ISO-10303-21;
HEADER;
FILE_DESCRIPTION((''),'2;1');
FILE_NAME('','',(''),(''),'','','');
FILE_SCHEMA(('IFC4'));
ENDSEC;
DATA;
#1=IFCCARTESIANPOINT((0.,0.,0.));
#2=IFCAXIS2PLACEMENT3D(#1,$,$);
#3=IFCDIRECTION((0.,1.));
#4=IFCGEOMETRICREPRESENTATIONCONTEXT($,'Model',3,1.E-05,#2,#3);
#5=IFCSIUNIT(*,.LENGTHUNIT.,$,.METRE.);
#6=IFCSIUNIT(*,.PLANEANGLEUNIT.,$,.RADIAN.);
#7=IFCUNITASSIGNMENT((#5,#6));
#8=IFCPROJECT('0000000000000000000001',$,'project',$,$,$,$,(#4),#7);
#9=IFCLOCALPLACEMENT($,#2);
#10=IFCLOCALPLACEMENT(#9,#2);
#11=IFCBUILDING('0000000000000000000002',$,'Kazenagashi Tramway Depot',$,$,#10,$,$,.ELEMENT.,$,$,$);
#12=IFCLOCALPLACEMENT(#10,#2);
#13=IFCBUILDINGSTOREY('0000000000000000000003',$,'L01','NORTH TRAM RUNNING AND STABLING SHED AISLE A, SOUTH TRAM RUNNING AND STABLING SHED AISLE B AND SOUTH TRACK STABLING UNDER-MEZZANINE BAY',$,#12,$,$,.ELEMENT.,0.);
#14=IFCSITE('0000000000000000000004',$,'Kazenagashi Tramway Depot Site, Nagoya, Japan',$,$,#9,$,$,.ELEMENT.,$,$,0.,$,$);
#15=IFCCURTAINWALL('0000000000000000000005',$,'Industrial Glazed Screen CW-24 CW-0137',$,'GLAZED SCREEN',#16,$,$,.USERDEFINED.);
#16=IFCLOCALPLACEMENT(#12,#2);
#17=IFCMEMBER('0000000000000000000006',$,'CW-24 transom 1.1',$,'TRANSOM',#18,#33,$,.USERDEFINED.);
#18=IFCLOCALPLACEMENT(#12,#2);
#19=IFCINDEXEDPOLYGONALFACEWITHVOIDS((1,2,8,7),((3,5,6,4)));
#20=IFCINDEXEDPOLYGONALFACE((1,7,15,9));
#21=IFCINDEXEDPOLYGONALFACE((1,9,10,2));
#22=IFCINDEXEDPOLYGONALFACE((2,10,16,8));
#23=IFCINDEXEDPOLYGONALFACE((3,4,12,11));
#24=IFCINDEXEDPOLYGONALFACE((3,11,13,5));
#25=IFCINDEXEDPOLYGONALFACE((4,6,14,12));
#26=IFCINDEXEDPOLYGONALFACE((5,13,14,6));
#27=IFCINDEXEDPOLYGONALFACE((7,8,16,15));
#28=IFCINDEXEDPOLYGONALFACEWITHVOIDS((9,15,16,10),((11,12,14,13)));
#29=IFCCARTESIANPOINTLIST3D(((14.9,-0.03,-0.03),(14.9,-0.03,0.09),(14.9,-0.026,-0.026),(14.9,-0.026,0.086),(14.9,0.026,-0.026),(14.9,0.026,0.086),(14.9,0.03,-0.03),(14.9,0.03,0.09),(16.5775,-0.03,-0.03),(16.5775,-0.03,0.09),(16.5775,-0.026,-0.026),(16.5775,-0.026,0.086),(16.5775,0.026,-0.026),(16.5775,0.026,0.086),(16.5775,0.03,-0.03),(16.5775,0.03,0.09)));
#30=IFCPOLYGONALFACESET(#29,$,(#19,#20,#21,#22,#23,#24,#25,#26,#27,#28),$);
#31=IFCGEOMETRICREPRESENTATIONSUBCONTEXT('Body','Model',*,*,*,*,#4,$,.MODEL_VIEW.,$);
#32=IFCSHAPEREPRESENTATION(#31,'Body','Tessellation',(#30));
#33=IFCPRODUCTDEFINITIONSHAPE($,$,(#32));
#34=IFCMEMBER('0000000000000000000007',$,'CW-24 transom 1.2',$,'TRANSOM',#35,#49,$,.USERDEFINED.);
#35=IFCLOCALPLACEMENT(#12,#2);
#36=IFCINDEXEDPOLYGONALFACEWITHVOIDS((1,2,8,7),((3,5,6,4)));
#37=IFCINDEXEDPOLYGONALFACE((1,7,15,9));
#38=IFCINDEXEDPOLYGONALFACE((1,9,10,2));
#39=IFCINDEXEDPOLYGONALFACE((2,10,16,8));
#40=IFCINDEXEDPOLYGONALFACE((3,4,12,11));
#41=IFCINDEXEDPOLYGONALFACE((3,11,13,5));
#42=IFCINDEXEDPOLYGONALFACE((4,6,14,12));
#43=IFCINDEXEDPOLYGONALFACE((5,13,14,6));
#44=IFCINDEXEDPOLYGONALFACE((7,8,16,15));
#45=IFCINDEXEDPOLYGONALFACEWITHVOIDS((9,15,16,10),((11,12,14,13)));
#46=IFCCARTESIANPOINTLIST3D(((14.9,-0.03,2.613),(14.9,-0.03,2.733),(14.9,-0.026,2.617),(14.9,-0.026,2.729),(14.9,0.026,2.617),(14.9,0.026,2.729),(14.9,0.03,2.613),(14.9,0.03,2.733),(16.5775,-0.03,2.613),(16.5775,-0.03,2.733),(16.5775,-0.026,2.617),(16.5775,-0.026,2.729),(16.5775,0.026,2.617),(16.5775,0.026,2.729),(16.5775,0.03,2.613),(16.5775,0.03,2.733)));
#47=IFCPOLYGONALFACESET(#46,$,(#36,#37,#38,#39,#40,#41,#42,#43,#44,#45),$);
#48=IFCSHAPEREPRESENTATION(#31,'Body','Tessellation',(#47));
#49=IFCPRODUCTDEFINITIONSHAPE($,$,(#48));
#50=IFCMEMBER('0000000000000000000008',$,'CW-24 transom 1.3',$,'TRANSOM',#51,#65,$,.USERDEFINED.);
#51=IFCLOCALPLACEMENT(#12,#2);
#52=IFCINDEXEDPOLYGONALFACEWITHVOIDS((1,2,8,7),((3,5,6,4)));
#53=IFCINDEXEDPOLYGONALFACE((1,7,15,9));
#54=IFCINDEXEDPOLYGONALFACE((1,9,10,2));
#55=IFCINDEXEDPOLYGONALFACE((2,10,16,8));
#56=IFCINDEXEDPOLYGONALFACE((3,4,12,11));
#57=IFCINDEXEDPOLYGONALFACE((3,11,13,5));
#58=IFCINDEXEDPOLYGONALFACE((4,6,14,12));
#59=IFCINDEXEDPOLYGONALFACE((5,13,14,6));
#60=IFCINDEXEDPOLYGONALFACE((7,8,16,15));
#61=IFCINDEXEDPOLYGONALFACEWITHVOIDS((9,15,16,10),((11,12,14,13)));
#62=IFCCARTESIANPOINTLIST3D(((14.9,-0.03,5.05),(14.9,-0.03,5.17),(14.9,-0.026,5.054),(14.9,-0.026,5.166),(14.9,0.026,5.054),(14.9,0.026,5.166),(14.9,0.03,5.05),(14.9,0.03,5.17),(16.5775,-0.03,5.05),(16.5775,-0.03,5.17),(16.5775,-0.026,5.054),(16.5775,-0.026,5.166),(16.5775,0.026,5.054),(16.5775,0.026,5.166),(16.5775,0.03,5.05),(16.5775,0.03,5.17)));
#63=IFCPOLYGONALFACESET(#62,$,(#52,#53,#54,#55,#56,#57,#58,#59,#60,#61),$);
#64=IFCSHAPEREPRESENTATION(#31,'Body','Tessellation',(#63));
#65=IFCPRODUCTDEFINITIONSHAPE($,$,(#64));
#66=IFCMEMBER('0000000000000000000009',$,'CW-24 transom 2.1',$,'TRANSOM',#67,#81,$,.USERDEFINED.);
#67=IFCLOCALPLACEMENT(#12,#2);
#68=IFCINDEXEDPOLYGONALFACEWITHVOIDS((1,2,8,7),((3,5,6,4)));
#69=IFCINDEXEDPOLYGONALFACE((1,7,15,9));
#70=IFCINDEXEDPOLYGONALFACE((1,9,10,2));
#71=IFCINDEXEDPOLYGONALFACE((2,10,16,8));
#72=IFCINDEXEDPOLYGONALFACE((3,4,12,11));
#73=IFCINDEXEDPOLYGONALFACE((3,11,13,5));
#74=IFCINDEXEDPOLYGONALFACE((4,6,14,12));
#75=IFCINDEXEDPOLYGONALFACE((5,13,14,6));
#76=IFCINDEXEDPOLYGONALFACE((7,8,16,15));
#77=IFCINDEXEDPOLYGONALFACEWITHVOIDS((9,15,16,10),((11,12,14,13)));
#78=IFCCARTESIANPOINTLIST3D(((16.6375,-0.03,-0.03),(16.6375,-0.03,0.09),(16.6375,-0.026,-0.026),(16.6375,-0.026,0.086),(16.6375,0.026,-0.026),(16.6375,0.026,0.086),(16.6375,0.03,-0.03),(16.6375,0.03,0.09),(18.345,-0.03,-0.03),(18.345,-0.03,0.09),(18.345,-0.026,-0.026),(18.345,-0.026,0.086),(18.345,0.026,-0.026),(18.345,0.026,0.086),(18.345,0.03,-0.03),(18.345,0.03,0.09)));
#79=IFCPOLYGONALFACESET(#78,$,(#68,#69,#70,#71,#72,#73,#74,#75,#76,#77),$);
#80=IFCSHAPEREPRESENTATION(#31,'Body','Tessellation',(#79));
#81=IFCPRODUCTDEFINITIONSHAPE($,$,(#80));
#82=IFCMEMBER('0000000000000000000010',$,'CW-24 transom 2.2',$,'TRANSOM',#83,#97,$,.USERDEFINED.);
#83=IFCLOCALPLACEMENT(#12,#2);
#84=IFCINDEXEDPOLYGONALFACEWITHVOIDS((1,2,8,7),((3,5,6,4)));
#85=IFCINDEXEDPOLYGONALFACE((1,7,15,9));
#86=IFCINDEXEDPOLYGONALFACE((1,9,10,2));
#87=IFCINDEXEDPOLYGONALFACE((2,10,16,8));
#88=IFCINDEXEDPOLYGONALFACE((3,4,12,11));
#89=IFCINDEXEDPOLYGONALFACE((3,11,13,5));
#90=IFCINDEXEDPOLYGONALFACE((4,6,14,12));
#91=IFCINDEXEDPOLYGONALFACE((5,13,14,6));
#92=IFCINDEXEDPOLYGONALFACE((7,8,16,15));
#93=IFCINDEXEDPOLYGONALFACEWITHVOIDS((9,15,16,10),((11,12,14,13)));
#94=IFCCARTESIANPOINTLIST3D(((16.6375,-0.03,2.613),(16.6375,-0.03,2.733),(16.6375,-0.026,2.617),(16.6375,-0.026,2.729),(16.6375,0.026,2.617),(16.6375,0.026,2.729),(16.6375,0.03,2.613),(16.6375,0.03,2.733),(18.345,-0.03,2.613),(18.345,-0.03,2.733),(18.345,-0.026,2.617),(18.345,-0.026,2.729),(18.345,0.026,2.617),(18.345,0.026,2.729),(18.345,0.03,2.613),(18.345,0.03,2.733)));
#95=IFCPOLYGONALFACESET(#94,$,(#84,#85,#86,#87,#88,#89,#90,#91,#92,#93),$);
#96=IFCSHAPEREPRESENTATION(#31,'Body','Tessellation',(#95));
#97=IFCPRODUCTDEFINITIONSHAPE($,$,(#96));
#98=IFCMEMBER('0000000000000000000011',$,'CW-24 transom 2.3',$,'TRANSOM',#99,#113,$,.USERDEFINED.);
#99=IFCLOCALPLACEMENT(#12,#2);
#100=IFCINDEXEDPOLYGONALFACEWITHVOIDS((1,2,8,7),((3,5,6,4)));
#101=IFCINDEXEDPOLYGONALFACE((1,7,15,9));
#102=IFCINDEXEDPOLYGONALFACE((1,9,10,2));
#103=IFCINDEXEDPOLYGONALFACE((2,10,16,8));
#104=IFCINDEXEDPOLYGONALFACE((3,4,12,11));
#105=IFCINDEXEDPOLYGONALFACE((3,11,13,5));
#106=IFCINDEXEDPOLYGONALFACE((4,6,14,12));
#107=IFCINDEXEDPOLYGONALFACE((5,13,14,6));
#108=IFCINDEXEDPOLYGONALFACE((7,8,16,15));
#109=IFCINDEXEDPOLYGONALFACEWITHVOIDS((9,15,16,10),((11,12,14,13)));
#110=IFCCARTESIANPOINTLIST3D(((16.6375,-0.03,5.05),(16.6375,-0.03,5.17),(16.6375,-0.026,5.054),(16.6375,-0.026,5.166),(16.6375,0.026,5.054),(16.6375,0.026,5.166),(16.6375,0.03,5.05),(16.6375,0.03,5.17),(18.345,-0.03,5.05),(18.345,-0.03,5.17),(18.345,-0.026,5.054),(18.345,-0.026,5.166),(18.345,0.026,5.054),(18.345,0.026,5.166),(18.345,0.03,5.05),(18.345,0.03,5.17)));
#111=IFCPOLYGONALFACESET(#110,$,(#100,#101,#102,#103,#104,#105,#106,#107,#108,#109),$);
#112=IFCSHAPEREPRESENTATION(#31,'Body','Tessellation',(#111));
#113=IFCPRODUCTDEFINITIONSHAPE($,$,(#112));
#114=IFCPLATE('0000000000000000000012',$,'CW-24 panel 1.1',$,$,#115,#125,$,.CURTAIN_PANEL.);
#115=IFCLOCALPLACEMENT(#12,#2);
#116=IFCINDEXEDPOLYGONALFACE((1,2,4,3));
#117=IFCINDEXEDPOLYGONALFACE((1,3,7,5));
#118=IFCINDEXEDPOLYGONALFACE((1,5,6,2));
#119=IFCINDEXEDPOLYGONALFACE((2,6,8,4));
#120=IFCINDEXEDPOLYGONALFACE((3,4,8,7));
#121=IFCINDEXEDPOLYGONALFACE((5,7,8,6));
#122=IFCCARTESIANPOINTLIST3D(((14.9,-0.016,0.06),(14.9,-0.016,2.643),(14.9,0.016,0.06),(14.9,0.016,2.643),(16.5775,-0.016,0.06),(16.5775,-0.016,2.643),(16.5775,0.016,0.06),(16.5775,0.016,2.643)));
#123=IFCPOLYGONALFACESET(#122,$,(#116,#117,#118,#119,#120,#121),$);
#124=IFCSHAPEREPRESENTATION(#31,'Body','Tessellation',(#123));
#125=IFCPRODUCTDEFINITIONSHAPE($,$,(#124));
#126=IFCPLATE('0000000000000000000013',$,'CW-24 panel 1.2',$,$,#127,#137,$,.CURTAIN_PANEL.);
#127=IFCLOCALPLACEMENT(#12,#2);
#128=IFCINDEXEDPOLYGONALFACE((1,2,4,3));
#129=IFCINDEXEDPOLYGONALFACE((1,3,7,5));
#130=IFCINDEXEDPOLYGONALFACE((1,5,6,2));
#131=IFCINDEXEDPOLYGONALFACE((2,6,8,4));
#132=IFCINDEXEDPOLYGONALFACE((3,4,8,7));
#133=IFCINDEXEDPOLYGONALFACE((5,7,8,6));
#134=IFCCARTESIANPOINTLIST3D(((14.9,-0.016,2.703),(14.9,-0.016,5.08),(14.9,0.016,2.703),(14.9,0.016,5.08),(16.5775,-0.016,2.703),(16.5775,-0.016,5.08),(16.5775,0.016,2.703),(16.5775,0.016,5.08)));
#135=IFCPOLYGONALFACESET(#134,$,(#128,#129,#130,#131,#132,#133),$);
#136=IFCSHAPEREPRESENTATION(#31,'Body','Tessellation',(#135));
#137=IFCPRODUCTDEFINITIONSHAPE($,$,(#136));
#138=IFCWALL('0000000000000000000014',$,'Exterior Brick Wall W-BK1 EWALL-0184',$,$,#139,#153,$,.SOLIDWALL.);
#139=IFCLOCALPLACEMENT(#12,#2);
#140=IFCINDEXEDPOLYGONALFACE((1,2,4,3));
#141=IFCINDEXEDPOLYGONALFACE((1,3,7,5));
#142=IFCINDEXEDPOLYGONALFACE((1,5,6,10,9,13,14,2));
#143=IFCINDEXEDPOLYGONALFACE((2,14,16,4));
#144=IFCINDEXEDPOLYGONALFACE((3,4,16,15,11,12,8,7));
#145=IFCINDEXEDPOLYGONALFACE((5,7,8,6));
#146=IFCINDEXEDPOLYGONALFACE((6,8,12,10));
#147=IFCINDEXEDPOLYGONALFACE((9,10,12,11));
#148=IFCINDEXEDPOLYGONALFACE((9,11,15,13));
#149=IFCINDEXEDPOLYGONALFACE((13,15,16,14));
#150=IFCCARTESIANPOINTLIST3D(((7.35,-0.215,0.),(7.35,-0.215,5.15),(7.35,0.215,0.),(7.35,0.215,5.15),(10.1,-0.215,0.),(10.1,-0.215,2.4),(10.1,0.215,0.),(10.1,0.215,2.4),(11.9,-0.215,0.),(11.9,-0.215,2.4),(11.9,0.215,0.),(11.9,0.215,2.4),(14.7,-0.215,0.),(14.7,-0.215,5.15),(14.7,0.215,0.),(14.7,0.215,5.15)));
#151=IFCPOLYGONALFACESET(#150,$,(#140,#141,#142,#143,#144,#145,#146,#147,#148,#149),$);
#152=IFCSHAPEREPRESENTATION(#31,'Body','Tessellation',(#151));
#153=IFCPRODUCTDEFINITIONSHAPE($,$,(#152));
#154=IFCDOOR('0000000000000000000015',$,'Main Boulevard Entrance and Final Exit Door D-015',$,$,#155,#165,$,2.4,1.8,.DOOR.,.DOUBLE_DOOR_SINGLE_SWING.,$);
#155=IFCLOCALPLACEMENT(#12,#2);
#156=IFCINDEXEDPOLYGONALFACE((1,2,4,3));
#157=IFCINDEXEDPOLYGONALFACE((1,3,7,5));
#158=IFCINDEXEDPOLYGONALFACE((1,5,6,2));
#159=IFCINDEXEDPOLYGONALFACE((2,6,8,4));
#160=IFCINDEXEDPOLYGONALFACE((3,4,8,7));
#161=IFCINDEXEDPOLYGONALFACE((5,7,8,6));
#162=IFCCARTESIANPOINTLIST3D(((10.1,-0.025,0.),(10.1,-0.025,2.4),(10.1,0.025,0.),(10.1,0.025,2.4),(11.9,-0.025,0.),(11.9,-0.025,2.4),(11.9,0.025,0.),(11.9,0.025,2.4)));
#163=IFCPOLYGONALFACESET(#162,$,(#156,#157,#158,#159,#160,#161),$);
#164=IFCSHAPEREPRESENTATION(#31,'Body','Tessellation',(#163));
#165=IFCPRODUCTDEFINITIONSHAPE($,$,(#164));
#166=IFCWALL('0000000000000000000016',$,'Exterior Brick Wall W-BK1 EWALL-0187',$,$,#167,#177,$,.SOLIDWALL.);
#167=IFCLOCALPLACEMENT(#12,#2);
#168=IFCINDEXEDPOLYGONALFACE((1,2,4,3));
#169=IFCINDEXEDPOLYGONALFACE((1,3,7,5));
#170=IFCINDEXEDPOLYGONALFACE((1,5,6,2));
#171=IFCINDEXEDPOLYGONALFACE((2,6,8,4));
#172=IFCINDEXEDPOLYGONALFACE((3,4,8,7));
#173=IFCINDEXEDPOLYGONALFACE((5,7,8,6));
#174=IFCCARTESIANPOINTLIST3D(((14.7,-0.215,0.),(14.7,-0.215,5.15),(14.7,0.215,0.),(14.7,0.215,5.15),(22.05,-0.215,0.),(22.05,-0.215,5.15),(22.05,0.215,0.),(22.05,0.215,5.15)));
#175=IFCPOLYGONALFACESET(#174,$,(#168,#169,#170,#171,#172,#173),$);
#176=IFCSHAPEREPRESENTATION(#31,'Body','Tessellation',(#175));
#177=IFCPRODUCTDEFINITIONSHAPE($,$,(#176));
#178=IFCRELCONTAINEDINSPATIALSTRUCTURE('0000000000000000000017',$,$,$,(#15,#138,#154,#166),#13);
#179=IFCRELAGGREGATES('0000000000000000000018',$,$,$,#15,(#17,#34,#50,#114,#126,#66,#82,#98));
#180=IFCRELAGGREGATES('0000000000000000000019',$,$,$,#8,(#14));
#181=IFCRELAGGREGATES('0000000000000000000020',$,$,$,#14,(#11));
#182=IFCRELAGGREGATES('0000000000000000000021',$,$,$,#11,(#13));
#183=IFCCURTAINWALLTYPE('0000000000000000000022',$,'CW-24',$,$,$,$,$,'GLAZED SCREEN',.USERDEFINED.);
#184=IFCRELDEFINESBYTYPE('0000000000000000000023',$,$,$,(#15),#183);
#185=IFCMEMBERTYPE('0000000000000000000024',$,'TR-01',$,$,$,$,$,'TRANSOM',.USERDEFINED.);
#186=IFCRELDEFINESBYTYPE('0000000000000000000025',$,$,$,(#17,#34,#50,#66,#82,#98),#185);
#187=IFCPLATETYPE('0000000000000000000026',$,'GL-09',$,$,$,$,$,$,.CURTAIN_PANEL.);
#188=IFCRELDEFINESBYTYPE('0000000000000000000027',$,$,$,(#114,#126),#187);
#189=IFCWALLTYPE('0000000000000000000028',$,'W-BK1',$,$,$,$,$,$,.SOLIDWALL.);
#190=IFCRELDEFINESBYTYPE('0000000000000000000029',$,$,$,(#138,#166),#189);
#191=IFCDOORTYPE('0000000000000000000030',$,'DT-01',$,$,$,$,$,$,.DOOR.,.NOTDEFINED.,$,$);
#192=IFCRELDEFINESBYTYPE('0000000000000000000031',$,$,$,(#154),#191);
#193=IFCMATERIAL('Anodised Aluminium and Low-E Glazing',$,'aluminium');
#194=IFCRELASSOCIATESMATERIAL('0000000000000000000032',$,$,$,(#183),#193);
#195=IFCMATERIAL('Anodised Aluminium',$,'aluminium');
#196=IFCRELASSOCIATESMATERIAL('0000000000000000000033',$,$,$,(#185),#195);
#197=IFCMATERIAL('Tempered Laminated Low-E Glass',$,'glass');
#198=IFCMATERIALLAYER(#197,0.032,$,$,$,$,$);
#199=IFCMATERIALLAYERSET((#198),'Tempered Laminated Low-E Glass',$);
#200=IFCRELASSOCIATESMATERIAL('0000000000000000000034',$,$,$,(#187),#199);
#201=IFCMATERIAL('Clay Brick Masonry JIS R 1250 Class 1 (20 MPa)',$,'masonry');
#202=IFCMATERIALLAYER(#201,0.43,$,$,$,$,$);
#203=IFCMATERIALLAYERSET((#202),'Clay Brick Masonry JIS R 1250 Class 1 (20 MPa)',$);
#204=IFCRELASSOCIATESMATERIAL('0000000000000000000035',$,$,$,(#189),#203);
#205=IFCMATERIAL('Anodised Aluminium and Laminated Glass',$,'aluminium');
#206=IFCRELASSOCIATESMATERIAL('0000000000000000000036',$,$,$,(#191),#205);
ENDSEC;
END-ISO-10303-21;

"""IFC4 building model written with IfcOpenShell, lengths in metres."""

from ifc_helpers import new_model, si_unit, direction, frame, frame_2d, origin, origin_2d, place, context, subcontext, project, spatial, rectangle, hollow_rectangle, extrude, material, layer, layer_set, material_profile, profile_set, type_object, element, fill, aggregate, save


model = new_model("IFC4")

# Units and contexts
model_context = context("Model", 3, precision=1e-05, world=origin(), true_north=direction((0.0, 1.0)))
body_context = subcontext(model_context, "Body", "Model", "MODEL_VIEW")
ifc_project = project(units=[si_unit("LENGTHUNIT", "METRE"), si_unit("PLANEANGLEUNIT", "RADIAN")], contexts=[model_context])

# Site, building, storey
site_placement = place(None, origin())
site = spatial("IfcSite", under=ifc_project, at=site_placement, Name="Kazenagashi Tramway Depot Site, Nagoya, Japan", CompositionType="ELEMENT", RefElevation=0.0)
building_placement = place(site_placement, origin())
building = spatial("IfcBuilding", under=site, at=building_placement, Name="Kazenagashi Tramway Depot", CompositionType="ELEMENT")
storey_placement = place(building_placement, origin())
storey = spatial("IfcBuildingStorey", under=building, at=storey_placement, Name="L01", Description="NORTH TRAM RUNNING AND STABLING SHED AISLE A, SOUTH TRAM RUNNING AND STABLING SHED AISLE B AND SOUTH TRACK STABLING UNDER-MEZZANINE BAY", CompositionType="ELEMENT", Elevation=0.0)

# Curtain wall, members, plates
ifc_material_1 = material(Name="Anodised Aluminium and Low-E Glazing", Category="aluminium")
curtain_wall_type = type_object("IfcCurtainWallType", Name="CW-24", ElementType="GLAZED SCREEN", PredefinedType="USERDEFINED", material=ifc_material_1)
curtain_wall_placement = place(storey_placement, origin())
curtain_wall = element("IfcCurtainWall", 1, at=curtain_wall_placement, inside=storey, type_object=curtain_wall_type, Name="Industrial Glazed Screen CW-24 CW-0137", ObjectType="GLAZED SCREEN", PredefinedType="USERDEFINED")
ifc_material_2 = material(Name="Anodised Aluminium", Category="aluminium")
ifc_material_profile_1 = material_profile(ifc_material_2, hollow_rectangle(XDim=0.06, YDim=0.12, WallThickness=0.004, at=origin_2d()), Name="RHS-120x60x4")
ifc_profile_set_1 = profile_set([ifc_material_profile_1], Name="Anodised Aluminium")
member_type_1 = type_object("IfcMemberType", Name="TR-01", ElementType="TRANSOM", PredefinedType="USERDEFINED", material=ifc_profile_set_1)
member_1_placement = place(storey_placement, frame((14.9, 0.0, 0.03), z_axis=(1.0, 0.0, 0.0), x_axis=(0.0, 1.0, 0.0)))
member_1 = element("IfcMember", 2, at=member_1_placement, type_object=member_type_1, Name="CW-24 transom 1.1", ObjectType="TRANSOM", PredefinedType="USERDEFINED", context=body_context, shape_type="SweptSolid", body=[
    extrude(hollow_rectangle(XDim=0.06, YDim=0.12, WallThickness=0.004, at=origin_2d()), origin(), (0.0, 0.0, 1.0), 1.6775),
])
member_2_placement = place(storey_placement, frame((14.9, 0.0, 2.673), z_axis=(1.0, 0.0, 0.0), x_axis=(0.0, 1.0, 0.0)))
member_2 = element("IfcMember", 3, at=member_2_placement, type_object=member_type_1, Name="CW-24 transom 1.2", ObjectType="TRANSOM", PredefinedType="USERDEFINED", context=body_context, shape_type="SweptSolid", body=[
    extrude(hollow_rectangle(XDim=0.06, YDim=0.12, WallThickness=0.004, at=origin_2d()), origin(), (0.0, 0.0, 1.0), 1.6775),
])
member_3_placement = place(storey_placement, frame((14.9, 0.0, 5.11), z_axis=(1.0, 0.0, 0.0), x_axis=(0.0, 1.0, 0.0)))
member_3 = element("IfcMember", 4, at=member_3_placement, type_object=member_type_1, Name="CW-24 transom 1.3", ObjectType="TRANSOM", PredefinedType="USERDEFINED", context=body_context, shape_type="SweptSolid", body=[
    extrude(hollow_rectangle(XDim=0.06, YDim=0.12, WallThickness=0.004, at=origin_2d()), origin(), (0.0, 0.0, 1.0), 1.6775),
])
member_4_placement = place(storey_placement, frame((16.6375, 0.0, 0.03), z_axis=(1.0, 0.0, 0.0), x_axis=(0.0, 1.0, 0.0)))
member_4 = element("IfcMember", 5, at=member_4_placement, type_object=member_type_1, Name="CW-24 transom 2.1", ObjectType="TRANSOM", PredefinedType="USERDEFINED", context=body_context, shape_type="SweptSolid", body=[
    extrude(hollow_rectangle(XDim=0.06, YDim=0.12, WallThickness=0.004, at=origin_2d()), origin(), (0.0, 0.0, 1.0), 1.7075),
])
member_5_placement = place(storey_placement, frame((16.6375, 0.0, 2.673), z_axis=(1.0, 0.0, 0.0), x_axis=(0.0, 1.0, 0.0)))
member_5 = element("IfcMember", 6, at=member_5_placement, type_object=member_type_1, Name="CW-24 transom 2.2", ObjectType="TRANSOM", PredefinedType="USERDEFINED", context=body_context, shape_type="SweptSolid", body=[
    extrude(hollow_rectangle(XDim=0.06, YDim=0.12, WallThickness=0.004, at=origin_2d()), origin(), (0.0, 0.0, 1.0), 1.7075),
])
member_6_placement = place(storey_placement, frame((16.6375, 0.0, 5.11), z_axis=(1.0, 0.0, 0.0), x_axis=(0.0, 1.0, 0.0)))
member_6 = element("IfcMember", 7, at=member_6_placement, type_object=member_type_1, Name="CW-24 transom 2.3", ObjectType="TRANSOM", PredefinedType="USERDEFINED", context=body_context, shape_type="SweptSolid", body=[
    extrude(hollow_rectangle(XDim=0.06, YDim=0.12, WallThickness=0.004, at=origin_2d()), origin(), (0.0, 0.0, 1.0), 1.7075),
])
ifc_material_3 = material(Name="Tempered Laminated Low-E Glass", Category="glass")
ifc_layer_1 = layer(ifc_material_3, 0.032)
ifc_layer_set_1 = layer_set([ifc_layer_1], Name="Tempered Laminated Low-E Glass")
plate_type = type_object("IfcPlateType", Name="GL-09", PredefinedType="CURTAIN_PANEL", material=ifc_layer_set_1)
plate_1_placement = place(storey_placement, frame((15.7387, 0.0, 0.06), z_axis=(0.0, 0.0, 1.0), x_axis=(1.0, 0.0, 0.0)))
plate_1 = element("IfcPlate", 8, at=plate_1_placement, type_object=plate_type, Name="CW-24 panel 1.1", PredefinedType="CURTAIN_PANEL", context=body_context, shape_type="SweptSolid", body=[
    extrude(rectangle(XDim=1.6775, YDim=0.032, at=origin_2d()), origin(), (0.0, 0.0, 1.0), 2.583),
])
plate_2_placement = place(storey_placement, frame((15.7387, 0.0, 2.703), z_axis=(0.0, 0.0, 1.0), x_axis=(1.0, 0.0, 0.0)))
plate_2 = element("IfcPlate", 9, at=plate_2_placement, type_object=plate_type, Name="CW-24 panel 1.2", PredefinedType="CURTAIN_PANEL", context=body_context, shape_type="SweptSolid", body=[
    extrude(rectangle(XDim=1.6775, YDim=0.032, at=origin_2d()), origin(), (0.0, 0.0, 1.0), 2.377),
])
aggregate(curtain_wall, [member_1, member_2, member_3, plate_1, plate_2, member_4, member_5, member_6])

# Wall, opening, door
ifc_material_4 = material(Name="Clay Brick Masonry JIS R 1250 Class 1 (20 MPa)", Category="masonry")
ifc_layer_2 = layer(ifc_material_4, 0.43)
ifc_layer_set_2 = layer_set([ifc_layer_2], Name="Clay Brick Masonry JIS R 1250 Class 1 (20 MPa)")
wall_type_1 = type_object("IfcWallType", Name="W-BK1", PredefinedType="SOLIDWALL", material=ifc_layer_set_2)
wall_1_placement = place(storey_placement, frame((7.35, 0.0, 0.0), z_axis=(0.0, 0.0, 1.0), x_axis=(1.0, 0.0, 0.0)))
wall_1 = element("IfcWall", 10, at=wall_1_placement, inside=storey, type_object=wall_type_1, Name="Exterior Brick Wall W-BK1 EWALL-0184", PredefinedType="SOLIDWALL", context=body_context, shape_type="SweptSolid", body=[
    extrude(rectangle(XDim=7.35, YDim=0.43, at=frame_2d((3.675, 0.0))), origin(), (0.0, 0.0, 1.0), 5.15),
])
opening_1_placement = place(wall_1_placement, frame((2.75, 0.0, 0.0)))
opening_1 = element("IfcOpeningElement", 11, at=opening_1_placement, cuts=wall_1, PredefinedType="OPENING", context=body_context, shape_type="SweptSolid", body=[
    extrude(rectangle(XDim=1.8, YDim=2.4, at=frame_2d((0.9, 1.2))), frame((0.0, 0.225, 0.0), z_axis=(0.0, -1.0, 0.0), x_axis=(1.0, 0.0, 0.0)), (0.0, 0.0, 1.0), 0.45),
])
ifc_material_5 = material(Name="Anodised Aluminium and Laminated Glass", Category="aluminium")
door_type_1 = type_object("IfcDoorType", Name="DT-01", OperationType="NOTDEFINED", PredefinedType="DOOR", material=ifc_material_5)
door_1_placement = place(opening_1_placement, frame((1.8, 0.0, 0.0), z_axis=(0.0, 0.0, 1.0), x_axis=(-1.0, 0.0, 0.0)))
door_1 = element("IfcDoor", 12, at=door_1_placement, inside=storey, type_object=door_type_1, Name="Main Boulevard Entrance and Final Exit Door D-015", OperationType="DOUBLE_DOOR_SINGLE_SWING", OverallHeight=2.4, OverallWidth=1.8, PredefinedType="DOOR", context=body_context, shape_type="SweptSolid", body=[
    extrude(rectangle(XDim=1.8, YDim=2.4, at=frame_2d((0.9, 1.2))), frame((0.0, 0.025, 0.0), z_axis=(0.0, -1.0, 0.0), x_axis=(1.0, 0.0, 0.0)), (0.0, 0.0, 1.0), 0.05),
])
fill(opening_1, door_1)

# Wall
wall_2_placement = place(storey_placement, frame((14.7, 0.0, 0.0), z_axis=(0.0, 0.0, 1.0), x_axis=(1.0, 0.0, 0.0)))
element("IfcWall", 13, at=wall_2_placement, inside=storey, type_object=wall_type_1, Name="Exterior Brick Wall W-BK1 EWALL-0187", PredefinedType="SOLIDWALL", context=body_context, shape_type="SweptSolid", body=[
    extrude(rectangle(XDim=7.35, YDim=0.43, at=frame_2d((3.675, 0.0))), origin(), (0.0, 0.0, 1.0), 5.15),
])

save(model, "model.ifc")
